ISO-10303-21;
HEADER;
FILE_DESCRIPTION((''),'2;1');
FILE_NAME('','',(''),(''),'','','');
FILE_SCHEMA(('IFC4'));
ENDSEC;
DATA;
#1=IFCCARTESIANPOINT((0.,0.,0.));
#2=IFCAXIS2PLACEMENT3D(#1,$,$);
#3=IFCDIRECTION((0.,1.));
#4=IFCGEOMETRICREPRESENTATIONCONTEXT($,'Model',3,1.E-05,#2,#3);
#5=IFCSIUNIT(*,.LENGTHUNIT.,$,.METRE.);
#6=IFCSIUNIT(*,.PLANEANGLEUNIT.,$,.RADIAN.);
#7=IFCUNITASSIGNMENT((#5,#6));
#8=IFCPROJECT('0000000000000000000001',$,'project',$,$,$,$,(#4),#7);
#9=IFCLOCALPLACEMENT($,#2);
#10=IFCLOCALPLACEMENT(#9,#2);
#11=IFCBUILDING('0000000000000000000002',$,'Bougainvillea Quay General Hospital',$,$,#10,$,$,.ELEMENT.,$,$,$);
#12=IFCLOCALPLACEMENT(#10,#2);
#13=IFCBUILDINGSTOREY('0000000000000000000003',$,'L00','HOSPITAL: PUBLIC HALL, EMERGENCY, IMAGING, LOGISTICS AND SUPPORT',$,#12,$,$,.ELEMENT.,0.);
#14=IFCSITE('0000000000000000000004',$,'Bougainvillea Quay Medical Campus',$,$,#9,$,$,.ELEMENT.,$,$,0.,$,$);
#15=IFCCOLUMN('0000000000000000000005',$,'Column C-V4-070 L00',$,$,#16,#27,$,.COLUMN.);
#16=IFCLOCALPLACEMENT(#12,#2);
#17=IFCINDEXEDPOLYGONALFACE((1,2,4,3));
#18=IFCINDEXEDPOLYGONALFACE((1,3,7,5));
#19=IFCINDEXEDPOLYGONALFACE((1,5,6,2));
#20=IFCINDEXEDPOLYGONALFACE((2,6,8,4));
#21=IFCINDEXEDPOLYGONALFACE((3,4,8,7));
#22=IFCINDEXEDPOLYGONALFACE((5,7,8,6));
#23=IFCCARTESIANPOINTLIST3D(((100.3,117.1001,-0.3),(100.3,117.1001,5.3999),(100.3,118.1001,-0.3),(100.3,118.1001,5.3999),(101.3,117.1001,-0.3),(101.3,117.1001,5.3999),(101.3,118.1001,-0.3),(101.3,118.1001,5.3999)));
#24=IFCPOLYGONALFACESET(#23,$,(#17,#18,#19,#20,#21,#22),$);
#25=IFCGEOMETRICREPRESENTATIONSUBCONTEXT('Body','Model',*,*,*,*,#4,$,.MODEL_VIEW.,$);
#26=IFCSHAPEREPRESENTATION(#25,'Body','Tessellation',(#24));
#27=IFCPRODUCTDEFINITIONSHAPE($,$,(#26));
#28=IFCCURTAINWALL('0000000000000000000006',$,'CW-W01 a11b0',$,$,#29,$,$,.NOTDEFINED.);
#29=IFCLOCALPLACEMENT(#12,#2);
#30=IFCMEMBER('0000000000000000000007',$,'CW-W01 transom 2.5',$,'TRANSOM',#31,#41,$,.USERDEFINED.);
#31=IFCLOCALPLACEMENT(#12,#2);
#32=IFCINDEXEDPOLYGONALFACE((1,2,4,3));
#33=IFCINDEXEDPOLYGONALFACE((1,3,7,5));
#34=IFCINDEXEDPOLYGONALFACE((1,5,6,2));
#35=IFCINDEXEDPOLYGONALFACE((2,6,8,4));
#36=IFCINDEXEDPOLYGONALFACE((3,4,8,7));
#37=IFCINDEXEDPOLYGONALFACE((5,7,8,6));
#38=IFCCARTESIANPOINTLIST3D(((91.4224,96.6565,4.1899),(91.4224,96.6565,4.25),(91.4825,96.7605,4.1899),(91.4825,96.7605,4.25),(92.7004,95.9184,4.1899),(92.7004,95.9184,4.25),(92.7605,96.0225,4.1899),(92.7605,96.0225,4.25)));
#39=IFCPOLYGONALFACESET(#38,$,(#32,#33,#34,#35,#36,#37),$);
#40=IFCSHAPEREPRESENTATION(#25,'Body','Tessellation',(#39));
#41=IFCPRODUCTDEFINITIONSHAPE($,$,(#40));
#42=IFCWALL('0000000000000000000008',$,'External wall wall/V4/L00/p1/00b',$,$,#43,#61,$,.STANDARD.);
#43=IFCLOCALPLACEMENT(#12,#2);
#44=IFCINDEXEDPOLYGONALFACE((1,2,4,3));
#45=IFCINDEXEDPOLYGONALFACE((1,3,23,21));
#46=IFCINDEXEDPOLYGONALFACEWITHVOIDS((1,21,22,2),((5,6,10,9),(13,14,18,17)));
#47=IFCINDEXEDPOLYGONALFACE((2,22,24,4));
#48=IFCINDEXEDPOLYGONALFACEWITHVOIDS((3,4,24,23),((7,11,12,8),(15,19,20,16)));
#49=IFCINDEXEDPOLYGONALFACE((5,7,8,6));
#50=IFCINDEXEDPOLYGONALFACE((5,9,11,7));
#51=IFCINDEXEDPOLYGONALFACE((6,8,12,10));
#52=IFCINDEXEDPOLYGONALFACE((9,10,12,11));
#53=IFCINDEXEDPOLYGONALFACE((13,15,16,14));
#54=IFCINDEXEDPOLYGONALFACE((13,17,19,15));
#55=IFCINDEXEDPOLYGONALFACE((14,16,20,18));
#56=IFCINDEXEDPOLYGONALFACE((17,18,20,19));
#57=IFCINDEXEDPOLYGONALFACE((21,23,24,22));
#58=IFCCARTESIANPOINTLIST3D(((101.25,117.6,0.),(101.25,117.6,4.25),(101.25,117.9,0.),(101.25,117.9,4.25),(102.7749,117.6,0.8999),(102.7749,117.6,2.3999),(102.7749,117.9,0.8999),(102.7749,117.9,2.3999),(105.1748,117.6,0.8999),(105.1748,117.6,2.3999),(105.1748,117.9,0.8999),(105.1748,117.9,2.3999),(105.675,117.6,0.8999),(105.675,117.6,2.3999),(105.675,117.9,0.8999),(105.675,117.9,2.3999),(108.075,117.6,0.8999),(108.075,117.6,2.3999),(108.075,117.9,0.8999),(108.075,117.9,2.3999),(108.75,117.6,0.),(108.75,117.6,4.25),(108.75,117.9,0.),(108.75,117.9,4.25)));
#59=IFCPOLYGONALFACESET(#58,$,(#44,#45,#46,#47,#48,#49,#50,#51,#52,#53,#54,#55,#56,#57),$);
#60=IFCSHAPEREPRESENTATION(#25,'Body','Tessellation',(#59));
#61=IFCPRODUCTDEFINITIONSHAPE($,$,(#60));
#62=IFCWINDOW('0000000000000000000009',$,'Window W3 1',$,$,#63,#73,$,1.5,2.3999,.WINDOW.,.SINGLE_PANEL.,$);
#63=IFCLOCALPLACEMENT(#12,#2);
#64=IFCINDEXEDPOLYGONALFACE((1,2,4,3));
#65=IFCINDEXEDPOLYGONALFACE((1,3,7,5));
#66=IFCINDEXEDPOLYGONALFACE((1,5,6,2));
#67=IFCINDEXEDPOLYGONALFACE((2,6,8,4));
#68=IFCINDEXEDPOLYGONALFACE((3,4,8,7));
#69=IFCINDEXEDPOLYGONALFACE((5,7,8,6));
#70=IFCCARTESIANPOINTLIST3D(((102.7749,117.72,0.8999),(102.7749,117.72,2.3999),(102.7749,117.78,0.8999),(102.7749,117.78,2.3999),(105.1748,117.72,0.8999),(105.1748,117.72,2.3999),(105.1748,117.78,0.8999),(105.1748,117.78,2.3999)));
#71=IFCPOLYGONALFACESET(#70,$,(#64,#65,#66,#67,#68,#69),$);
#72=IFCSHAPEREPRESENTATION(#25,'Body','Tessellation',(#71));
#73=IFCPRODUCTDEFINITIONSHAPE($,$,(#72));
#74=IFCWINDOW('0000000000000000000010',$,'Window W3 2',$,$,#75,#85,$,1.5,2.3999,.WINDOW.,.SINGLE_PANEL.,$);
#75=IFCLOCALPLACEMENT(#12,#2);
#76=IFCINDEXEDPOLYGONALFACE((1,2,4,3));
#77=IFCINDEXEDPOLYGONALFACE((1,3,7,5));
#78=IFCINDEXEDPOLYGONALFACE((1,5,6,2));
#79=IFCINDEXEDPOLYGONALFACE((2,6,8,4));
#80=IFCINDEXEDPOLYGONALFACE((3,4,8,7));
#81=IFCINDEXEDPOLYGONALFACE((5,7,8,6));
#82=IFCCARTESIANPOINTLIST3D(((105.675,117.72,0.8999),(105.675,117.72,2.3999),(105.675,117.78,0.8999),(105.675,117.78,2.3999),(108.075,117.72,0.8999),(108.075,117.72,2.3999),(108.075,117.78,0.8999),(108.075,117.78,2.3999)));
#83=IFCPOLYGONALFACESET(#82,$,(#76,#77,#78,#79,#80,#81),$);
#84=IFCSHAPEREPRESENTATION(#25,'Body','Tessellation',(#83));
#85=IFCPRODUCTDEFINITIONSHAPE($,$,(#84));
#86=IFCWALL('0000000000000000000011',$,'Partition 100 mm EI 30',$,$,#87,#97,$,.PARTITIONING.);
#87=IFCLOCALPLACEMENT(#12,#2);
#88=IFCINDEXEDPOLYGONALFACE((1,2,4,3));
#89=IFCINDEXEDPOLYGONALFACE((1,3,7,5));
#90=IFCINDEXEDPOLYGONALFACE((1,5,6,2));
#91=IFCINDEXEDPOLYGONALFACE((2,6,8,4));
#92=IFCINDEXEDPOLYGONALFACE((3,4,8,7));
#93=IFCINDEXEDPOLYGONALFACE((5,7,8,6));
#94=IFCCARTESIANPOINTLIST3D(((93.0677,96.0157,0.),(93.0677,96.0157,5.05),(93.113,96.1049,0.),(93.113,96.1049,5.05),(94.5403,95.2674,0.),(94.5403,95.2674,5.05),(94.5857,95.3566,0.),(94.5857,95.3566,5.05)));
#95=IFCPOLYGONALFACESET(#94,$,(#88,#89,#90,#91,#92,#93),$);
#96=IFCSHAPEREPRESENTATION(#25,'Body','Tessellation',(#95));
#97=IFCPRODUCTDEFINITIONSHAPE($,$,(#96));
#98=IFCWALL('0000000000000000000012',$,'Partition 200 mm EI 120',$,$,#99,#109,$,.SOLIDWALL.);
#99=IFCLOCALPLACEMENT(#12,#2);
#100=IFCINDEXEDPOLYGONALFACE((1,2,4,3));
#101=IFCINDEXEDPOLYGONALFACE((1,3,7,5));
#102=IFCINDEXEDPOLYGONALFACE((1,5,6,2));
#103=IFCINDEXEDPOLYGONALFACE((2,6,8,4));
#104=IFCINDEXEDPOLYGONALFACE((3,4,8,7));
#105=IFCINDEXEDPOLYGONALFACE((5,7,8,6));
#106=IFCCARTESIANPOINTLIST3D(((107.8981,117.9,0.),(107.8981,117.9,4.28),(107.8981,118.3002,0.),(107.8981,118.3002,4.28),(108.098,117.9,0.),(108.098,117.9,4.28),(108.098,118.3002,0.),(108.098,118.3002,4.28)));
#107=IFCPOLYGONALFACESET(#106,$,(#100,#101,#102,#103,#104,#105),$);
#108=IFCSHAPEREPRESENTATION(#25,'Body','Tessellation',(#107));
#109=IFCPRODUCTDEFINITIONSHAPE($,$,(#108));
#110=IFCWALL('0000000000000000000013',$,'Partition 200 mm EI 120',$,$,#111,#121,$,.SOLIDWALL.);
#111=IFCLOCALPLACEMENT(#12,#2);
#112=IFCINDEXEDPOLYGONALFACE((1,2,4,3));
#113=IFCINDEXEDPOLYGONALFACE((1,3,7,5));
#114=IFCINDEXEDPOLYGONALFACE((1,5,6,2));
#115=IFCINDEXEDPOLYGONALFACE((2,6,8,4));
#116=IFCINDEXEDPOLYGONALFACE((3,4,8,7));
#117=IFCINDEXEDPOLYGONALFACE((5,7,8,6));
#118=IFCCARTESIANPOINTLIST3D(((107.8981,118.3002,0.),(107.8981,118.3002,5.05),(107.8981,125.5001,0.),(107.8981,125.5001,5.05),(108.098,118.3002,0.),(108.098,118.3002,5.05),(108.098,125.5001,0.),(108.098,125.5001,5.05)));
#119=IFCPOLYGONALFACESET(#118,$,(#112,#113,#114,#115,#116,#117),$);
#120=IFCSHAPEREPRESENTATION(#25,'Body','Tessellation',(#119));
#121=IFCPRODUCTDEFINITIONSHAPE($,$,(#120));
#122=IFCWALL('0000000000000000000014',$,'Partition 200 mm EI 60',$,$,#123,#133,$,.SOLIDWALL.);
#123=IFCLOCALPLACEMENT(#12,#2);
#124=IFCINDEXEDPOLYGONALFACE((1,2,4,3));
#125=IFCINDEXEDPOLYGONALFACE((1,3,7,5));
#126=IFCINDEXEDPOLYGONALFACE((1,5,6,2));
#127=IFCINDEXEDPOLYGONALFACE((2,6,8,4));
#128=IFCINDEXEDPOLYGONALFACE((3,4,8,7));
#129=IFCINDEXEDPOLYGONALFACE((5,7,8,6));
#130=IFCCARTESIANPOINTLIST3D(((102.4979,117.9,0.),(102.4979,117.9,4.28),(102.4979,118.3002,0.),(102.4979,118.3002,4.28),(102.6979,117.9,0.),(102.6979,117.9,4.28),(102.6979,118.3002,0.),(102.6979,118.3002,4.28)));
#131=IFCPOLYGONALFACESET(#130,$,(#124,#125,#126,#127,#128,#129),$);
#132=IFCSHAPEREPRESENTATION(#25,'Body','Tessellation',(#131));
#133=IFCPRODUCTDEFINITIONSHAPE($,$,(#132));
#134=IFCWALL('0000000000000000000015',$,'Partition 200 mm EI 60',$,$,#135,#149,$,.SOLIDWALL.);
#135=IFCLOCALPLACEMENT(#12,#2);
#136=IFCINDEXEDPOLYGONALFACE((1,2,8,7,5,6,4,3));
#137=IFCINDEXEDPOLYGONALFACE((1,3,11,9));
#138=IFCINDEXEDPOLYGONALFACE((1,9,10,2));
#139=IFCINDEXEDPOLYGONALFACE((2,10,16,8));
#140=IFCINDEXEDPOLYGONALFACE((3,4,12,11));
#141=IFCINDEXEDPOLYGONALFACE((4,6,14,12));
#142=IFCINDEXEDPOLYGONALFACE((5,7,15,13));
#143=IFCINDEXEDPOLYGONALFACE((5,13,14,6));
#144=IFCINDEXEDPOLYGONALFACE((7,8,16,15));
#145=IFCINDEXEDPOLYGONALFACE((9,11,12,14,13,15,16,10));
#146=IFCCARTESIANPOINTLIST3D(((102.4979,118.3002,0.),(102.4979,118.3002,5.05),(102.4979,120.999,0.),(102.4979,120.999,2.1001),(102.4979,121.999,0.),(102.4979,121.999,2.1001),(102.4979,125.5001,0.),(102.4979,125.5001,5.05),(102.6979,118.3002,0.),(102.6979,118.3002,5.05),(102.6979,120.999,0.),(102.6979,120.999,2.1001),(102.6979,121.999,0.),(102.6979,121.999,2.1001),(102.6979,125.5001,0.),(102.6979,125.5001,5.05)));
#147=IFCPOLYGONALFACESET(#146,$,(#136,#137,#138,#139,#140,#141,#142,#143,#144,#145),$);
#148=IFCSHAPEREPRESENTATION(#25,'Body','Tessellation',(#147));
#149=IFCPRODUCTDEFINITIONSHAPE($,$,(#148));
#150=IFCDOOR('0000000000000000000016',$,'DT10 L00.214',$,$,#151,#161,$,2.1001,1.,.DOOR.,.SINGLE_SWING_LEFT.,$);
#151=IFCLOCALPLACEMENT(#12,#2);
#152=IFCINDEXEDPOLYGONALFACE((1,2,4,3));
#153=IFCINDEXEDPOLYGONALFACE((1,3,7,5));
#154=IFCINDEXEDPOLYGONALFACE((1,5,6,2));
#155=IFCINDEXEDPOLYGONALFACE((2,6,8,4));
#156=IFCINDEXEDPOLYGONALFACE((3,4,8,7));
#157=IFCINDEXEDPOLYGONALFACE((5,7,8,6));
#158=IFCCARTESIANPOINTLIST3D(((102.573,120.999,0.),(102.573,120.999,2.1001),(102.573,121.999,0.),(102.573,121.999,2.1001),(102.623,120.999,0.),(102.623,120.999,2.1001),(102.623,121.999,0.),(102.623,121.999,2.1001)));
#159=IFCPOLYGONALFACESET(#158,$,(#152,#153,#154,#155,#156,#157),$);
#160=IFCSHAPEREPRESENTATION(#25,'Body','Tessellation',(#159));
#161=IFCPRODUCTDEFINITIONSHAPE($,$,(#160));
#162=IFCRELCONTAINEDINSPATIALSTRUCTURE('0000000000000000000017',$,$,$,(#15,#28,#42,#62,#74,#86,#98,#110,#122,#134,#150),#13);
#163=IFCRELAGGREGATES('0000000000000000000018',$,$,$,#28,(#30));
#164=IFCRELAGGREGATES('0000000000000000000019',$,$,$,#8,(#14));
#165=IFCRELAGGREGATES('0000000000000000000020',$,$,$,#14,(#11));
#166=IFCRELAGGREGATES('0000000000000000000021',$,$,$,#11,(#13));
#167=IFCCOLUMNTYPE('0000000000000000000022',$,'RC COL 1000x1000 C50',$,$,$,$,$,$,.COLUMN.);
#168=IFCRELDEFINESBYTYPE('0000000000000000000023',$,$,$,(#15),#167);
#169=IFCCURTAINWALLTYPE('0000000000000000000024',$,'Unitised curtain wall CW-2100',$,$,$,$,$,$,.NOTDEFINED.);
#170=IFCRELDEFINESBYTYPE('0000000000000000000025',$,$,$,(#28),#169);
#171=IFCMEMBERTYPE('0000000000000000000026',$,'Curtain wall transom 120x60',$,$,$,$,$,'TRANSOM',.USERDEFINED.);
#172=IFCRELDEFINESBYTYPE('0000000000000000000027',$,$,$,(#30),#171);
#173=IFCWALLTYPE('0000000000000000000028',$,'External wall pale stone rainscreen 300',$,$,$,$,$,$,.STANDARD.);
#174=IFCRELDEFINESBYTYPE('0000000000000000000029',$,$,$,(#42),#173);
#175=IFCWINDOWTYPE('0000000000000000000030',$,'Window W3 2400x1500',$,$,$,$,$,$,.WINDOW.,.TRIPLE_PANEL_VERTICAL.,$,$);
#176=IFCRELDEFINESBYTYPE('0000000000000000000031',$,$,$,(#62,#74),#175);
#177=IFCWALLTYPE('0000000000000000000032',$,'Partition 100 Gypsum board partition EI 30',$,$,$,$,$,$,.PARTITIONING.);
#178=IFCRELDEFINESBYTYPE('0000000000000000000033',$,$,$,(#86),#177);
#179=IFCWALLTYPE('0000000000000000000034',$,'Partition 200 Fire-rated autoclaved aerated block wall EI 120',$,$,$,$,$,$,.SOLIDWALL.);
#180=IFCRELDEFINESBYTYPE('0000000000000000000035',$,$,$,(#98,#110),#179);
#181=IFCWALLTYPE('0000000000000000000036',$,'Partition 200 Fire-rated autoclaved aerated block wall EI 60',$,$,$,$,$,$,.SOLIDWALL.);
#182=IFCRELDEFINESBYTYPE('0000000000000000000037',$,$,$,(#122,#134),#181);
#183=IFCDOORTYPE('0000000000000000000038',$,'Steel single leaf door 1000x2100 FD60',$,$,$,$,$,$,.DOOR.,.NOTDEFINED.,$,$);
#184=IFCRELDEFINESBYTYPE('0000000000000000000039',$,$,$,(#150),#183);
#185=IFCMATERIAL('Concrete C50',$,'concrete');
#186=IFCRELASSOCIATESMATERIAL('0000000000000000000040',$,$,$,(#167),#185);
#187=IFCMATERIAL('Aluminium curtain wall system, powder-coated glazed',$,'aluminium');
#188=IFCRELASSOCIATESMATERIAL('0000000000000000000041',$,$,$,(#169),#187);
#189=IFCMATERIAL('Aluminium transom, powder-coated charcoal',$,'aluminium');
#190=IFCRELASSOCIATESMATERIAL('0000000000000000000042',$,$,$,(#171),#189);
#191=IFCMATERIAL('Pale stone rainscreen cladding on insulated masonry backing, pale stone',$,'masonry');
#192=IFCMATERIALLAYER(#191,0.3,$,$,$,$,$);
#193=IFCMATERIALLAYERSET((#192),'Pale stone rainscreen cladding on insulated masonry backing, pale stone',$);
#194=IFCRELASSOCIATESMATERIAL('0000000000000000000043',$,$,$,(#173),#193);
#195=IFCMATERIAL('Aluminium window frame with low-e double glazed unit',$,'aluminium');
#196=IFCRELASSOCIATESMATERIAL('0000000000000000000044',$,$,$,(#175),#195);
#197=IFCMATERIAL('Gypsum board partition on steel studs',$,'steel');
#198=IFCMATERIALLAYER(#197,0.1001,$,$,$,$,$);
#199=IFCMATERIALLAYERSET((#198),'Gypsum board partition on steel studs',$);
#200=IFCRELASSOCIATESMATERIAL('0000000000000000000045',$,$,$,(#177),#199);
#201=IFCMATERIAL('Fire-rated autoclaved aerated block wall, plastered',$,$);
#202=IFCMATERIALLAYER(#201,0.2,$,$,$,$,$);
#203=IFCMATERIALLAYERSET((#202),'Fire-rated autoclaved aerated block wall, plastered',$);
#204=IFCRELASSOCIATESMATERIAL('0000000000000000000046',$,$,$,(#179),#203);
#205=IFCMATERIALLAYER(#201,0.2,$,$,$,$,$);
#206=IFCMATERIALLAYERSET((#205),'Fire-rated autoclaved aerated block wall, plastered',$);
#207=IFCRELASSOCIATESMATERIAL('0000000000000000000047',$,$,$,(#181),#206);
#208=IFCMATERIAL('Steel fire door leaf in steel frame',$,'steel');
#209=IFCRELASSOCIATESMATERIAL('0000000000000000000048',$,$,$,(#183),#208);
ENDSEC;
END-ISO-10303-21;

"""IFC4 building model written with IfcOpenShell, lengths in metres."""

from ifc_helpers import new_model, si_unit, direction, frame, frame_2d, origin, origin_2d, place, context, subcontext, project, spatial, rectangle, extrude, material, layer, layer_set, material_profile, profile_set, type_object, element, fill, aggregate, save


model = new_model("IFC4")

# Units and contexts
model_context = context("Model", 3, precision=1e-05, world=origin(), true_north=direction((0.0, 1.0)))
body_context = subcontext(model_context, "Body", "Model", "MODEL_VIEW")
ifc_project = project(units=[si_unit("LENGTHUNIT", "METRE"), si_unit("PLANEANGLEUNIT", "RADIAN")], contexts=[model_context])

# Site, building, storey
site_placement = place(None, origin())
site = spatial("IfcSite", under=ifc_project, at=site_placement, Name="Bougainvillea Quay Medical Campus", CompositionType="ELEMENT", RefElevation=0.0)
building_placement = place(site_placement, origin())
building = spatial("IfcBuilding", under=site, at=building_placement, Name="Bougainvillea Quay General Hospital", CompositionType="ELEMENT")
storey_placement = place(building_placement, origin())
storey = spatial("IfcBuildingStorey", under=building, at=storey_placement, Name="L00", Description="HOSPITAL: PUBLIC HALL, EMERGENCY, IMAGING, LOGISTICS AND SUPPORT", CompositionType="ELEMENT", Elevation=0.0)

# Column
ifc_material_1 = material(Name="Concrete C50", Category="concrete")
ifc_material_profile_1 = material_profile(ifc_material_1, rectangle(XDim=1.0, YDim=1.0, at=origin_2d()))
ifc_profile_set_1 = profile_set([ifc_material_profile_1], Name="Concrete C50")
column_type = type_object("IfcColumnType", Name="RC COL 1000x1000 C50", PredefinedType="COLUMN", material=ifc_profile_set_1)
column_placement = place(storey_placement, frame((100.8, 117.6001, -0.3), z_axis=(0.0, 0.0, 1.0), x_axis=(1.0, 0.0, 0.0)))
element("IfcColumn", 1, at=column_placement, inside=storey, type_object=column_type, Name="Column C-V4-070 L00", PredefinedType="COLUMN", context=body_context, shape_type="SweptSolid", body=[
    extrude(rectangle(XDim=1.0, YDim=1.0, at=origin_2d()), origin(), (0.0, 0.0, 1.0), 5.7),
])

# Curtain wall, member
ifc_material_2 = material(Name="Aluminium curtain wall system, powder-coated glazed", Category="aluminium")
curtain_wall_type = type_object("IfcCurtainWallType", Name="Unitised curtain wall CW-2100", PredefinedType="NOTDEFINED", material=ifc_material_2)
curtain_wall_placement = place(storey_placement, origin())
curtain_wall = element("IfcCurtainWall", 2, at=curtain_wall_placement, inside=storey, type_object=curtain_wall_type, Name="CW-W01 a11b0", PredefinedType="NOTDEFINED")
ifc_material_3 = material(Name="Aluminium transom, powder-coated charcoal", Category="aluminium")
ifc_material_profile_2 = material_profile(ifc_material_3, rectangle(XDim=0.1201, YDim=0.0601, at=origin_2d()))
ifc_profile_set_2 = profile_set([ifc_material_profile_2], Name="Aluminium transom, powder-coated charcoal")
member_type = type_object("IfcMemberType", Name="Curtain wall transom 120x60", ElementType="TRANSOM", PredefinedType="USERDEFINED", material=ifc_profile_set_2)
member_placement = place(storey_placement, frame((92.7305, 95.9705, 4.22), z_axis=(-0.865984, 0.500071, 0.0), x_axis=(-0.500071, -0.865984, 0.0)))
member = element("IfcMember", 3, at=member_placement, type_object=member_type, Name="CW-W01 transom 2.5", ObjectType="TRANSOM", PredefinedType="USERDEFINED", context=body_context, shape_type="SweptSolid", body=[
    extrude(rectangle(XDim=0.1201, YDim=0.0601, at=origin_2d()), origin(), (0.0, 0.0, 1.0), 1.4758),
])
aggregate(curtain_wall, [member])

# Wall, openings, windows
ifc_material_4 = material(Name="Pale stone rainscreen cladding on insulated masonry backing, pale stone", Category="masonry")
ifc_layer_1 = layer(ifc_material_4, 0.3)
ifc_layer_set_1 = layer_set([ifc_layer_1], Name="Pale stone rainscreen cladding on insulated masonry backing, pale stone")
wall_type_1 = type_object("IfcWallType", Name="External wall pale stone rainscreen 300", PredefinedType="STANDARD", material=ifc_layer_set_1)
wall_1_placement = place(storey_placement, frame((101.25, 117.75, 0.0), z_axis=(0.0, 0.0, 1.0), x_axis=(1.0, 0.0, 0.0)))
wall_1 = element("IfcWall", 4, at=wall_1_placement, inside=storey, type_object=wall_type_1, Name="External wall wall/V4/L00/p1/00b", PredefinedType="STANDARD", context=body_context, shape_type="SweptSolid", body=[
    extrude(rectangle(XDim=7.5, YDim=0.3, at=frame_2d((3.75, 0.0))), origin(), (0.0, 0.0, 1.0), 4.25),
])
opening_1_placement = place(wall_1_placement, frame((1.5249, 0.0, 0.8999)))
opening_1 = element("IfcOpeningElement", 5, at=opening_1_placement, cuts=wall_1, PredefinedType="OPENING", context=body_context, shape_type="SweptSolid", body=[
    extrude(rectangle(XDim=2.3999, YDim=1.5, at=frame_2d((1.2, 0.75))), frame((0.0, 0.1599, 0.0), z_axis=(0.0, -1.0, 0.0), x_axis=(1.0, 0.0, 0.0)), (0.0, 0.0, 1.0), 0.3201),
])
opening_2_placement = place(wall_1_placement, frame((4.425, 0.0, 0.8999)))
opening_2 = element("IfcOpeningElement", 6, at=opening_2_placement, cuts=wall_1, PredefinedType="OPENING", context=body_context, shape_type="SweptSolid", body=[
    extrude(rectangle(XDim=2.3999, YDim=1.5, at=frame_2d((1.2, 0.75))), frame((0.0, 0.1599, 0.0), z_axis=(0.0, -1.0, 0.0), x_axis=(1.0, 0.0, 0.0)), (0.0, 0.0, 1.0), 0.3201),
])
ifc_material_5 = material(Name="Aluminium window frame with low-e double glazed unit", Category="aluminium")
window_type = type_object("IfcWindowType", Name="Window W3 2400x1500", PartitioningType="TRIPLE_PANEL_VERTICAL", PredefinedType="WINDOW", material=ifc_material_5)
window_1_placement = place(opening_1_placement, origin())
window_1 = element("IfcWindow", 7, at=window_1_placement, inside=storey, type_object=window_type, Name="Window W3 1", OverallHeight=1.5, OverallWidth=2.3999, PartitioningType="SINGLE_PANEL", PredefinedType="WINDOW", context=body_context, shape_type="SweptSolid", body=[
    extrude(rectangle(XDim=2.3999, YDim=1.5, at=frame_2d((1.2, 0.75))), frame((0.0, 0.03, 0.0), z_axis=(0.0, -1.0, 0.0), x_axis=(1.0, 0.0, 0.0)), (0.0, 0.0, 1.0), 0.0601),
])
fill(opening_1, window_1)
window_2_placement = place(opening_2_placement, origin())
window_2 = element("IfcWindow", 8, at=window_2_placement, inside=storey, type_object=window_type, Name="Window W3 2", OverallHeight=1.5, OverallWidth=2.3999, PartitioningType="SINGLE_PANEL", PredefinedType="WINDOW", context=body_context, shape_type="SweptSolid", body=[
    extrude(rectangle(XDim=2.3999, YDim=1.5, at=frame_2d((1.2, 0.75))), frame((0.0, 0.03, 0.0), z_axis=(0.0, -1.0, 0.0), x_axis=(1.0, 0.0, 0.0)), (0.0, 0.0, 1.0), 0.0601),
])
fill(opening_2, window_2)

# Walls
ifc_material_6 = material(Name="Gypsum board partition on steel studs", Category="steel")
ifc_layer_2 = layer(ifc_material_6, 0.1001)
ifc_layer_set_2 = layer_set([ifc_layer_2], Name="Gypsum board partition on steel studs")
wall_type_2 = type_object("IfcWallType", Name="Partition 100 Gypsum board partition EI 30", PredefinedType="PARTITIONING", material=ifc_layer_set_2)
wall_2_placement = place(storey_placement, frame((93.0903, 96.0603, 0.0), z_axis=(0.0, 0.0, 1.0), x_axis=(0.891512, -0.452998, 0.0)))
element("IfcWall", 9, at=wall_2_placement, inside=storey, type_object=wall_type_2, Name="Partition 100 mm EI 30", PredefinedType="PARTITIONING", context=body_context, shape_type="SweptSolid", body=[
    extrude(rectangle(XDim=1.6519, YDim=0.1001, at=frame_2d((0.8259, 0.0))), origin(), (0.0, 0.0, 1.0), 5.05),
])
ifc_material_7 = material(Name="Fire-rated autoclaved aerated block wall, plastered")
ifc_layer_3 = layer(ifc_material_7, 0.2)
ifc_layer_set_3 = layer_set([ifc_layer_3], Name="Fire-rated autoclaved aerated block wall, plastered")
wall_type_3 = type_object("IfcWallType", Name="Partition 200 Fire-rated autoclaved aerated block wall EI 120", PredefinedType="SOLIDWALL", material=ifc_layer_set_3)
wall_3_placement = place(storey_placement, frame((107.998, 117.8999, 0.0), z_axis=(0.0, 0.0, 1.0), x_axis=(0.0, 1.0, 0.0)))
element("IfcWall", 10, at=wall_3_placement, inside=storey, type_object=wall_type_3, Name="Partition 200 mm EI 120", PredefinedType="SOLIDWALL", context=body_context, shape_type="SweptSolid", body=[
    extrude(rectangle(XDim=0.4001, YDim=0.2, at=frame_2d((0.2002, 0.0))), origin(), (0.0, 0.0, 1.0), 4.28),
])
wall_4_placement = place(storey_placement, frame((107.998, 118.3, 0.0), z_axis=(0.0, 0.0, 1.0), x_axis=(0.0, 1.0, 0.0)))
element("IfcWall", 11, at=wall_4_placement, inside=storey, type_object=wall_type_3, Name="Partition 200 mm EI 120", PredefinedType="SOLIDWALL", context=body_context, shape_type="SweptSolid", body=[
    extrude(rectangle(XDim=7.2, YDim=0.2, at=frame_2d((3.6001, 0.0))), origin(), (0.0, 0.0, 1.0), 5.05),
])
ifc_layer_4 = layer(ifc_material_7, 0.2)
ifc_layer_set_4 = layer_set([ifc_layer_4], Name="Fire-rated autoclaved aerated block wall, plastered")
wall_type_4 = type_object("IfcWallType", Name="Partition 200 Fire-rated autoclaved aerated block wall EI 60", PredefinedType="SOLIDWALL", material=ifc_layer_set_4)
wall_5_placement = place(storey_placement, frame((102.5979, 117.8999, 0.0), z_axis=(0.0, 0.0, 1.0), x_axis=(0.0, 1.0, 0.0)))
element("IfcWall", 12, at=wall_5_placement, inside=storey, type_object=wall_type_4, Name="Partition 200 mm EI 60", PredefinedType="SOLIDWALL", context=body_context, shape_type="SweptSolid", body=[
    extrude(rectangle(XDim=0.4001, YDim=0.2, at=frame_2d((0.2002, 0.0))), origin(), (0.0, 0.0, 1.0), 4.28),
])

# Wall, opening, door
wall_6_placement = place(storey_placement, frame((102.5979, 118.3, 0.0), z_axis=(0.0, 0.0, 1.0), x_axis=(0.0, 1.0, 0.0)))
wall_6 = element("IfcWall", 13, at=wall_6_placement, inside=storey, type_object=wall_type_4, Name="Partition 200 mm EI 60", PredefinedType="SOLIDWALL", context=body_context, shape_type="SweptSolid", body=[
    extrude(rectangle(XDim=7.2, YDim=0.2, at=frame_2d((3.6001, 0.0))), origin(), (0.0, 0.0, 1.0), 5.05),
])
opening_3_placement = place(wall_6_placement, frame((2.699, 0.0, 0.0)))
opening_3 = element("IfcOpeningElement", 14, at=opening_3_placement, cuts=wall_6, PredefinedType="OPENING", context=body_context, shape_type="SweptSolid", body=[
    extrude(rectangle(XDim=1.0, YDim=2.1001, at=frame_2d((0.5, 1.05))), frame((0.0, 0.1099, 0.0), z_axis=(0.0, -1.0, 0.0), x_axis=(1.0, 0.0, 0.0)), (0.0, 0.0, 1.0), 0.22),
])
ifc_material_8 = material(Name="Steel fire door leaf in steel frame", Category="steel")
door_type = type_object("IfcDoorType", Name="Steel single leaf door 1000x2100 FD60", OperationType="NOTDEFINED", PredefinedType="DOOR", material=ifc_material_8)
door_placement = place(opening_3_placement, origin())
door = element("IfcDoor", 15, at=door_placement, inside=storey, type_object=door_type, Name="DT10 L00.214", OperationType="SINGLE_SWING_LEFT", OverallHeight=2.1001, OverallWidth=1.0, PredefinedType="DOOR", context=body_context, shape_type="SweptSolid", body=[
    extrude(rectangle(XDim=1.0, YDim=2.1001, at=frame_2d((0.5, 1.05))), frame((0.0, 0.0249, 0.0), z_axis=(0.0, -1.0, 0.0), x_axis=(1.0, 0.0, 0.0)), (0.0, 0.0, 1.0), 0.05),
])
fill(opening_3, door)

save(model, "model.ifc")
